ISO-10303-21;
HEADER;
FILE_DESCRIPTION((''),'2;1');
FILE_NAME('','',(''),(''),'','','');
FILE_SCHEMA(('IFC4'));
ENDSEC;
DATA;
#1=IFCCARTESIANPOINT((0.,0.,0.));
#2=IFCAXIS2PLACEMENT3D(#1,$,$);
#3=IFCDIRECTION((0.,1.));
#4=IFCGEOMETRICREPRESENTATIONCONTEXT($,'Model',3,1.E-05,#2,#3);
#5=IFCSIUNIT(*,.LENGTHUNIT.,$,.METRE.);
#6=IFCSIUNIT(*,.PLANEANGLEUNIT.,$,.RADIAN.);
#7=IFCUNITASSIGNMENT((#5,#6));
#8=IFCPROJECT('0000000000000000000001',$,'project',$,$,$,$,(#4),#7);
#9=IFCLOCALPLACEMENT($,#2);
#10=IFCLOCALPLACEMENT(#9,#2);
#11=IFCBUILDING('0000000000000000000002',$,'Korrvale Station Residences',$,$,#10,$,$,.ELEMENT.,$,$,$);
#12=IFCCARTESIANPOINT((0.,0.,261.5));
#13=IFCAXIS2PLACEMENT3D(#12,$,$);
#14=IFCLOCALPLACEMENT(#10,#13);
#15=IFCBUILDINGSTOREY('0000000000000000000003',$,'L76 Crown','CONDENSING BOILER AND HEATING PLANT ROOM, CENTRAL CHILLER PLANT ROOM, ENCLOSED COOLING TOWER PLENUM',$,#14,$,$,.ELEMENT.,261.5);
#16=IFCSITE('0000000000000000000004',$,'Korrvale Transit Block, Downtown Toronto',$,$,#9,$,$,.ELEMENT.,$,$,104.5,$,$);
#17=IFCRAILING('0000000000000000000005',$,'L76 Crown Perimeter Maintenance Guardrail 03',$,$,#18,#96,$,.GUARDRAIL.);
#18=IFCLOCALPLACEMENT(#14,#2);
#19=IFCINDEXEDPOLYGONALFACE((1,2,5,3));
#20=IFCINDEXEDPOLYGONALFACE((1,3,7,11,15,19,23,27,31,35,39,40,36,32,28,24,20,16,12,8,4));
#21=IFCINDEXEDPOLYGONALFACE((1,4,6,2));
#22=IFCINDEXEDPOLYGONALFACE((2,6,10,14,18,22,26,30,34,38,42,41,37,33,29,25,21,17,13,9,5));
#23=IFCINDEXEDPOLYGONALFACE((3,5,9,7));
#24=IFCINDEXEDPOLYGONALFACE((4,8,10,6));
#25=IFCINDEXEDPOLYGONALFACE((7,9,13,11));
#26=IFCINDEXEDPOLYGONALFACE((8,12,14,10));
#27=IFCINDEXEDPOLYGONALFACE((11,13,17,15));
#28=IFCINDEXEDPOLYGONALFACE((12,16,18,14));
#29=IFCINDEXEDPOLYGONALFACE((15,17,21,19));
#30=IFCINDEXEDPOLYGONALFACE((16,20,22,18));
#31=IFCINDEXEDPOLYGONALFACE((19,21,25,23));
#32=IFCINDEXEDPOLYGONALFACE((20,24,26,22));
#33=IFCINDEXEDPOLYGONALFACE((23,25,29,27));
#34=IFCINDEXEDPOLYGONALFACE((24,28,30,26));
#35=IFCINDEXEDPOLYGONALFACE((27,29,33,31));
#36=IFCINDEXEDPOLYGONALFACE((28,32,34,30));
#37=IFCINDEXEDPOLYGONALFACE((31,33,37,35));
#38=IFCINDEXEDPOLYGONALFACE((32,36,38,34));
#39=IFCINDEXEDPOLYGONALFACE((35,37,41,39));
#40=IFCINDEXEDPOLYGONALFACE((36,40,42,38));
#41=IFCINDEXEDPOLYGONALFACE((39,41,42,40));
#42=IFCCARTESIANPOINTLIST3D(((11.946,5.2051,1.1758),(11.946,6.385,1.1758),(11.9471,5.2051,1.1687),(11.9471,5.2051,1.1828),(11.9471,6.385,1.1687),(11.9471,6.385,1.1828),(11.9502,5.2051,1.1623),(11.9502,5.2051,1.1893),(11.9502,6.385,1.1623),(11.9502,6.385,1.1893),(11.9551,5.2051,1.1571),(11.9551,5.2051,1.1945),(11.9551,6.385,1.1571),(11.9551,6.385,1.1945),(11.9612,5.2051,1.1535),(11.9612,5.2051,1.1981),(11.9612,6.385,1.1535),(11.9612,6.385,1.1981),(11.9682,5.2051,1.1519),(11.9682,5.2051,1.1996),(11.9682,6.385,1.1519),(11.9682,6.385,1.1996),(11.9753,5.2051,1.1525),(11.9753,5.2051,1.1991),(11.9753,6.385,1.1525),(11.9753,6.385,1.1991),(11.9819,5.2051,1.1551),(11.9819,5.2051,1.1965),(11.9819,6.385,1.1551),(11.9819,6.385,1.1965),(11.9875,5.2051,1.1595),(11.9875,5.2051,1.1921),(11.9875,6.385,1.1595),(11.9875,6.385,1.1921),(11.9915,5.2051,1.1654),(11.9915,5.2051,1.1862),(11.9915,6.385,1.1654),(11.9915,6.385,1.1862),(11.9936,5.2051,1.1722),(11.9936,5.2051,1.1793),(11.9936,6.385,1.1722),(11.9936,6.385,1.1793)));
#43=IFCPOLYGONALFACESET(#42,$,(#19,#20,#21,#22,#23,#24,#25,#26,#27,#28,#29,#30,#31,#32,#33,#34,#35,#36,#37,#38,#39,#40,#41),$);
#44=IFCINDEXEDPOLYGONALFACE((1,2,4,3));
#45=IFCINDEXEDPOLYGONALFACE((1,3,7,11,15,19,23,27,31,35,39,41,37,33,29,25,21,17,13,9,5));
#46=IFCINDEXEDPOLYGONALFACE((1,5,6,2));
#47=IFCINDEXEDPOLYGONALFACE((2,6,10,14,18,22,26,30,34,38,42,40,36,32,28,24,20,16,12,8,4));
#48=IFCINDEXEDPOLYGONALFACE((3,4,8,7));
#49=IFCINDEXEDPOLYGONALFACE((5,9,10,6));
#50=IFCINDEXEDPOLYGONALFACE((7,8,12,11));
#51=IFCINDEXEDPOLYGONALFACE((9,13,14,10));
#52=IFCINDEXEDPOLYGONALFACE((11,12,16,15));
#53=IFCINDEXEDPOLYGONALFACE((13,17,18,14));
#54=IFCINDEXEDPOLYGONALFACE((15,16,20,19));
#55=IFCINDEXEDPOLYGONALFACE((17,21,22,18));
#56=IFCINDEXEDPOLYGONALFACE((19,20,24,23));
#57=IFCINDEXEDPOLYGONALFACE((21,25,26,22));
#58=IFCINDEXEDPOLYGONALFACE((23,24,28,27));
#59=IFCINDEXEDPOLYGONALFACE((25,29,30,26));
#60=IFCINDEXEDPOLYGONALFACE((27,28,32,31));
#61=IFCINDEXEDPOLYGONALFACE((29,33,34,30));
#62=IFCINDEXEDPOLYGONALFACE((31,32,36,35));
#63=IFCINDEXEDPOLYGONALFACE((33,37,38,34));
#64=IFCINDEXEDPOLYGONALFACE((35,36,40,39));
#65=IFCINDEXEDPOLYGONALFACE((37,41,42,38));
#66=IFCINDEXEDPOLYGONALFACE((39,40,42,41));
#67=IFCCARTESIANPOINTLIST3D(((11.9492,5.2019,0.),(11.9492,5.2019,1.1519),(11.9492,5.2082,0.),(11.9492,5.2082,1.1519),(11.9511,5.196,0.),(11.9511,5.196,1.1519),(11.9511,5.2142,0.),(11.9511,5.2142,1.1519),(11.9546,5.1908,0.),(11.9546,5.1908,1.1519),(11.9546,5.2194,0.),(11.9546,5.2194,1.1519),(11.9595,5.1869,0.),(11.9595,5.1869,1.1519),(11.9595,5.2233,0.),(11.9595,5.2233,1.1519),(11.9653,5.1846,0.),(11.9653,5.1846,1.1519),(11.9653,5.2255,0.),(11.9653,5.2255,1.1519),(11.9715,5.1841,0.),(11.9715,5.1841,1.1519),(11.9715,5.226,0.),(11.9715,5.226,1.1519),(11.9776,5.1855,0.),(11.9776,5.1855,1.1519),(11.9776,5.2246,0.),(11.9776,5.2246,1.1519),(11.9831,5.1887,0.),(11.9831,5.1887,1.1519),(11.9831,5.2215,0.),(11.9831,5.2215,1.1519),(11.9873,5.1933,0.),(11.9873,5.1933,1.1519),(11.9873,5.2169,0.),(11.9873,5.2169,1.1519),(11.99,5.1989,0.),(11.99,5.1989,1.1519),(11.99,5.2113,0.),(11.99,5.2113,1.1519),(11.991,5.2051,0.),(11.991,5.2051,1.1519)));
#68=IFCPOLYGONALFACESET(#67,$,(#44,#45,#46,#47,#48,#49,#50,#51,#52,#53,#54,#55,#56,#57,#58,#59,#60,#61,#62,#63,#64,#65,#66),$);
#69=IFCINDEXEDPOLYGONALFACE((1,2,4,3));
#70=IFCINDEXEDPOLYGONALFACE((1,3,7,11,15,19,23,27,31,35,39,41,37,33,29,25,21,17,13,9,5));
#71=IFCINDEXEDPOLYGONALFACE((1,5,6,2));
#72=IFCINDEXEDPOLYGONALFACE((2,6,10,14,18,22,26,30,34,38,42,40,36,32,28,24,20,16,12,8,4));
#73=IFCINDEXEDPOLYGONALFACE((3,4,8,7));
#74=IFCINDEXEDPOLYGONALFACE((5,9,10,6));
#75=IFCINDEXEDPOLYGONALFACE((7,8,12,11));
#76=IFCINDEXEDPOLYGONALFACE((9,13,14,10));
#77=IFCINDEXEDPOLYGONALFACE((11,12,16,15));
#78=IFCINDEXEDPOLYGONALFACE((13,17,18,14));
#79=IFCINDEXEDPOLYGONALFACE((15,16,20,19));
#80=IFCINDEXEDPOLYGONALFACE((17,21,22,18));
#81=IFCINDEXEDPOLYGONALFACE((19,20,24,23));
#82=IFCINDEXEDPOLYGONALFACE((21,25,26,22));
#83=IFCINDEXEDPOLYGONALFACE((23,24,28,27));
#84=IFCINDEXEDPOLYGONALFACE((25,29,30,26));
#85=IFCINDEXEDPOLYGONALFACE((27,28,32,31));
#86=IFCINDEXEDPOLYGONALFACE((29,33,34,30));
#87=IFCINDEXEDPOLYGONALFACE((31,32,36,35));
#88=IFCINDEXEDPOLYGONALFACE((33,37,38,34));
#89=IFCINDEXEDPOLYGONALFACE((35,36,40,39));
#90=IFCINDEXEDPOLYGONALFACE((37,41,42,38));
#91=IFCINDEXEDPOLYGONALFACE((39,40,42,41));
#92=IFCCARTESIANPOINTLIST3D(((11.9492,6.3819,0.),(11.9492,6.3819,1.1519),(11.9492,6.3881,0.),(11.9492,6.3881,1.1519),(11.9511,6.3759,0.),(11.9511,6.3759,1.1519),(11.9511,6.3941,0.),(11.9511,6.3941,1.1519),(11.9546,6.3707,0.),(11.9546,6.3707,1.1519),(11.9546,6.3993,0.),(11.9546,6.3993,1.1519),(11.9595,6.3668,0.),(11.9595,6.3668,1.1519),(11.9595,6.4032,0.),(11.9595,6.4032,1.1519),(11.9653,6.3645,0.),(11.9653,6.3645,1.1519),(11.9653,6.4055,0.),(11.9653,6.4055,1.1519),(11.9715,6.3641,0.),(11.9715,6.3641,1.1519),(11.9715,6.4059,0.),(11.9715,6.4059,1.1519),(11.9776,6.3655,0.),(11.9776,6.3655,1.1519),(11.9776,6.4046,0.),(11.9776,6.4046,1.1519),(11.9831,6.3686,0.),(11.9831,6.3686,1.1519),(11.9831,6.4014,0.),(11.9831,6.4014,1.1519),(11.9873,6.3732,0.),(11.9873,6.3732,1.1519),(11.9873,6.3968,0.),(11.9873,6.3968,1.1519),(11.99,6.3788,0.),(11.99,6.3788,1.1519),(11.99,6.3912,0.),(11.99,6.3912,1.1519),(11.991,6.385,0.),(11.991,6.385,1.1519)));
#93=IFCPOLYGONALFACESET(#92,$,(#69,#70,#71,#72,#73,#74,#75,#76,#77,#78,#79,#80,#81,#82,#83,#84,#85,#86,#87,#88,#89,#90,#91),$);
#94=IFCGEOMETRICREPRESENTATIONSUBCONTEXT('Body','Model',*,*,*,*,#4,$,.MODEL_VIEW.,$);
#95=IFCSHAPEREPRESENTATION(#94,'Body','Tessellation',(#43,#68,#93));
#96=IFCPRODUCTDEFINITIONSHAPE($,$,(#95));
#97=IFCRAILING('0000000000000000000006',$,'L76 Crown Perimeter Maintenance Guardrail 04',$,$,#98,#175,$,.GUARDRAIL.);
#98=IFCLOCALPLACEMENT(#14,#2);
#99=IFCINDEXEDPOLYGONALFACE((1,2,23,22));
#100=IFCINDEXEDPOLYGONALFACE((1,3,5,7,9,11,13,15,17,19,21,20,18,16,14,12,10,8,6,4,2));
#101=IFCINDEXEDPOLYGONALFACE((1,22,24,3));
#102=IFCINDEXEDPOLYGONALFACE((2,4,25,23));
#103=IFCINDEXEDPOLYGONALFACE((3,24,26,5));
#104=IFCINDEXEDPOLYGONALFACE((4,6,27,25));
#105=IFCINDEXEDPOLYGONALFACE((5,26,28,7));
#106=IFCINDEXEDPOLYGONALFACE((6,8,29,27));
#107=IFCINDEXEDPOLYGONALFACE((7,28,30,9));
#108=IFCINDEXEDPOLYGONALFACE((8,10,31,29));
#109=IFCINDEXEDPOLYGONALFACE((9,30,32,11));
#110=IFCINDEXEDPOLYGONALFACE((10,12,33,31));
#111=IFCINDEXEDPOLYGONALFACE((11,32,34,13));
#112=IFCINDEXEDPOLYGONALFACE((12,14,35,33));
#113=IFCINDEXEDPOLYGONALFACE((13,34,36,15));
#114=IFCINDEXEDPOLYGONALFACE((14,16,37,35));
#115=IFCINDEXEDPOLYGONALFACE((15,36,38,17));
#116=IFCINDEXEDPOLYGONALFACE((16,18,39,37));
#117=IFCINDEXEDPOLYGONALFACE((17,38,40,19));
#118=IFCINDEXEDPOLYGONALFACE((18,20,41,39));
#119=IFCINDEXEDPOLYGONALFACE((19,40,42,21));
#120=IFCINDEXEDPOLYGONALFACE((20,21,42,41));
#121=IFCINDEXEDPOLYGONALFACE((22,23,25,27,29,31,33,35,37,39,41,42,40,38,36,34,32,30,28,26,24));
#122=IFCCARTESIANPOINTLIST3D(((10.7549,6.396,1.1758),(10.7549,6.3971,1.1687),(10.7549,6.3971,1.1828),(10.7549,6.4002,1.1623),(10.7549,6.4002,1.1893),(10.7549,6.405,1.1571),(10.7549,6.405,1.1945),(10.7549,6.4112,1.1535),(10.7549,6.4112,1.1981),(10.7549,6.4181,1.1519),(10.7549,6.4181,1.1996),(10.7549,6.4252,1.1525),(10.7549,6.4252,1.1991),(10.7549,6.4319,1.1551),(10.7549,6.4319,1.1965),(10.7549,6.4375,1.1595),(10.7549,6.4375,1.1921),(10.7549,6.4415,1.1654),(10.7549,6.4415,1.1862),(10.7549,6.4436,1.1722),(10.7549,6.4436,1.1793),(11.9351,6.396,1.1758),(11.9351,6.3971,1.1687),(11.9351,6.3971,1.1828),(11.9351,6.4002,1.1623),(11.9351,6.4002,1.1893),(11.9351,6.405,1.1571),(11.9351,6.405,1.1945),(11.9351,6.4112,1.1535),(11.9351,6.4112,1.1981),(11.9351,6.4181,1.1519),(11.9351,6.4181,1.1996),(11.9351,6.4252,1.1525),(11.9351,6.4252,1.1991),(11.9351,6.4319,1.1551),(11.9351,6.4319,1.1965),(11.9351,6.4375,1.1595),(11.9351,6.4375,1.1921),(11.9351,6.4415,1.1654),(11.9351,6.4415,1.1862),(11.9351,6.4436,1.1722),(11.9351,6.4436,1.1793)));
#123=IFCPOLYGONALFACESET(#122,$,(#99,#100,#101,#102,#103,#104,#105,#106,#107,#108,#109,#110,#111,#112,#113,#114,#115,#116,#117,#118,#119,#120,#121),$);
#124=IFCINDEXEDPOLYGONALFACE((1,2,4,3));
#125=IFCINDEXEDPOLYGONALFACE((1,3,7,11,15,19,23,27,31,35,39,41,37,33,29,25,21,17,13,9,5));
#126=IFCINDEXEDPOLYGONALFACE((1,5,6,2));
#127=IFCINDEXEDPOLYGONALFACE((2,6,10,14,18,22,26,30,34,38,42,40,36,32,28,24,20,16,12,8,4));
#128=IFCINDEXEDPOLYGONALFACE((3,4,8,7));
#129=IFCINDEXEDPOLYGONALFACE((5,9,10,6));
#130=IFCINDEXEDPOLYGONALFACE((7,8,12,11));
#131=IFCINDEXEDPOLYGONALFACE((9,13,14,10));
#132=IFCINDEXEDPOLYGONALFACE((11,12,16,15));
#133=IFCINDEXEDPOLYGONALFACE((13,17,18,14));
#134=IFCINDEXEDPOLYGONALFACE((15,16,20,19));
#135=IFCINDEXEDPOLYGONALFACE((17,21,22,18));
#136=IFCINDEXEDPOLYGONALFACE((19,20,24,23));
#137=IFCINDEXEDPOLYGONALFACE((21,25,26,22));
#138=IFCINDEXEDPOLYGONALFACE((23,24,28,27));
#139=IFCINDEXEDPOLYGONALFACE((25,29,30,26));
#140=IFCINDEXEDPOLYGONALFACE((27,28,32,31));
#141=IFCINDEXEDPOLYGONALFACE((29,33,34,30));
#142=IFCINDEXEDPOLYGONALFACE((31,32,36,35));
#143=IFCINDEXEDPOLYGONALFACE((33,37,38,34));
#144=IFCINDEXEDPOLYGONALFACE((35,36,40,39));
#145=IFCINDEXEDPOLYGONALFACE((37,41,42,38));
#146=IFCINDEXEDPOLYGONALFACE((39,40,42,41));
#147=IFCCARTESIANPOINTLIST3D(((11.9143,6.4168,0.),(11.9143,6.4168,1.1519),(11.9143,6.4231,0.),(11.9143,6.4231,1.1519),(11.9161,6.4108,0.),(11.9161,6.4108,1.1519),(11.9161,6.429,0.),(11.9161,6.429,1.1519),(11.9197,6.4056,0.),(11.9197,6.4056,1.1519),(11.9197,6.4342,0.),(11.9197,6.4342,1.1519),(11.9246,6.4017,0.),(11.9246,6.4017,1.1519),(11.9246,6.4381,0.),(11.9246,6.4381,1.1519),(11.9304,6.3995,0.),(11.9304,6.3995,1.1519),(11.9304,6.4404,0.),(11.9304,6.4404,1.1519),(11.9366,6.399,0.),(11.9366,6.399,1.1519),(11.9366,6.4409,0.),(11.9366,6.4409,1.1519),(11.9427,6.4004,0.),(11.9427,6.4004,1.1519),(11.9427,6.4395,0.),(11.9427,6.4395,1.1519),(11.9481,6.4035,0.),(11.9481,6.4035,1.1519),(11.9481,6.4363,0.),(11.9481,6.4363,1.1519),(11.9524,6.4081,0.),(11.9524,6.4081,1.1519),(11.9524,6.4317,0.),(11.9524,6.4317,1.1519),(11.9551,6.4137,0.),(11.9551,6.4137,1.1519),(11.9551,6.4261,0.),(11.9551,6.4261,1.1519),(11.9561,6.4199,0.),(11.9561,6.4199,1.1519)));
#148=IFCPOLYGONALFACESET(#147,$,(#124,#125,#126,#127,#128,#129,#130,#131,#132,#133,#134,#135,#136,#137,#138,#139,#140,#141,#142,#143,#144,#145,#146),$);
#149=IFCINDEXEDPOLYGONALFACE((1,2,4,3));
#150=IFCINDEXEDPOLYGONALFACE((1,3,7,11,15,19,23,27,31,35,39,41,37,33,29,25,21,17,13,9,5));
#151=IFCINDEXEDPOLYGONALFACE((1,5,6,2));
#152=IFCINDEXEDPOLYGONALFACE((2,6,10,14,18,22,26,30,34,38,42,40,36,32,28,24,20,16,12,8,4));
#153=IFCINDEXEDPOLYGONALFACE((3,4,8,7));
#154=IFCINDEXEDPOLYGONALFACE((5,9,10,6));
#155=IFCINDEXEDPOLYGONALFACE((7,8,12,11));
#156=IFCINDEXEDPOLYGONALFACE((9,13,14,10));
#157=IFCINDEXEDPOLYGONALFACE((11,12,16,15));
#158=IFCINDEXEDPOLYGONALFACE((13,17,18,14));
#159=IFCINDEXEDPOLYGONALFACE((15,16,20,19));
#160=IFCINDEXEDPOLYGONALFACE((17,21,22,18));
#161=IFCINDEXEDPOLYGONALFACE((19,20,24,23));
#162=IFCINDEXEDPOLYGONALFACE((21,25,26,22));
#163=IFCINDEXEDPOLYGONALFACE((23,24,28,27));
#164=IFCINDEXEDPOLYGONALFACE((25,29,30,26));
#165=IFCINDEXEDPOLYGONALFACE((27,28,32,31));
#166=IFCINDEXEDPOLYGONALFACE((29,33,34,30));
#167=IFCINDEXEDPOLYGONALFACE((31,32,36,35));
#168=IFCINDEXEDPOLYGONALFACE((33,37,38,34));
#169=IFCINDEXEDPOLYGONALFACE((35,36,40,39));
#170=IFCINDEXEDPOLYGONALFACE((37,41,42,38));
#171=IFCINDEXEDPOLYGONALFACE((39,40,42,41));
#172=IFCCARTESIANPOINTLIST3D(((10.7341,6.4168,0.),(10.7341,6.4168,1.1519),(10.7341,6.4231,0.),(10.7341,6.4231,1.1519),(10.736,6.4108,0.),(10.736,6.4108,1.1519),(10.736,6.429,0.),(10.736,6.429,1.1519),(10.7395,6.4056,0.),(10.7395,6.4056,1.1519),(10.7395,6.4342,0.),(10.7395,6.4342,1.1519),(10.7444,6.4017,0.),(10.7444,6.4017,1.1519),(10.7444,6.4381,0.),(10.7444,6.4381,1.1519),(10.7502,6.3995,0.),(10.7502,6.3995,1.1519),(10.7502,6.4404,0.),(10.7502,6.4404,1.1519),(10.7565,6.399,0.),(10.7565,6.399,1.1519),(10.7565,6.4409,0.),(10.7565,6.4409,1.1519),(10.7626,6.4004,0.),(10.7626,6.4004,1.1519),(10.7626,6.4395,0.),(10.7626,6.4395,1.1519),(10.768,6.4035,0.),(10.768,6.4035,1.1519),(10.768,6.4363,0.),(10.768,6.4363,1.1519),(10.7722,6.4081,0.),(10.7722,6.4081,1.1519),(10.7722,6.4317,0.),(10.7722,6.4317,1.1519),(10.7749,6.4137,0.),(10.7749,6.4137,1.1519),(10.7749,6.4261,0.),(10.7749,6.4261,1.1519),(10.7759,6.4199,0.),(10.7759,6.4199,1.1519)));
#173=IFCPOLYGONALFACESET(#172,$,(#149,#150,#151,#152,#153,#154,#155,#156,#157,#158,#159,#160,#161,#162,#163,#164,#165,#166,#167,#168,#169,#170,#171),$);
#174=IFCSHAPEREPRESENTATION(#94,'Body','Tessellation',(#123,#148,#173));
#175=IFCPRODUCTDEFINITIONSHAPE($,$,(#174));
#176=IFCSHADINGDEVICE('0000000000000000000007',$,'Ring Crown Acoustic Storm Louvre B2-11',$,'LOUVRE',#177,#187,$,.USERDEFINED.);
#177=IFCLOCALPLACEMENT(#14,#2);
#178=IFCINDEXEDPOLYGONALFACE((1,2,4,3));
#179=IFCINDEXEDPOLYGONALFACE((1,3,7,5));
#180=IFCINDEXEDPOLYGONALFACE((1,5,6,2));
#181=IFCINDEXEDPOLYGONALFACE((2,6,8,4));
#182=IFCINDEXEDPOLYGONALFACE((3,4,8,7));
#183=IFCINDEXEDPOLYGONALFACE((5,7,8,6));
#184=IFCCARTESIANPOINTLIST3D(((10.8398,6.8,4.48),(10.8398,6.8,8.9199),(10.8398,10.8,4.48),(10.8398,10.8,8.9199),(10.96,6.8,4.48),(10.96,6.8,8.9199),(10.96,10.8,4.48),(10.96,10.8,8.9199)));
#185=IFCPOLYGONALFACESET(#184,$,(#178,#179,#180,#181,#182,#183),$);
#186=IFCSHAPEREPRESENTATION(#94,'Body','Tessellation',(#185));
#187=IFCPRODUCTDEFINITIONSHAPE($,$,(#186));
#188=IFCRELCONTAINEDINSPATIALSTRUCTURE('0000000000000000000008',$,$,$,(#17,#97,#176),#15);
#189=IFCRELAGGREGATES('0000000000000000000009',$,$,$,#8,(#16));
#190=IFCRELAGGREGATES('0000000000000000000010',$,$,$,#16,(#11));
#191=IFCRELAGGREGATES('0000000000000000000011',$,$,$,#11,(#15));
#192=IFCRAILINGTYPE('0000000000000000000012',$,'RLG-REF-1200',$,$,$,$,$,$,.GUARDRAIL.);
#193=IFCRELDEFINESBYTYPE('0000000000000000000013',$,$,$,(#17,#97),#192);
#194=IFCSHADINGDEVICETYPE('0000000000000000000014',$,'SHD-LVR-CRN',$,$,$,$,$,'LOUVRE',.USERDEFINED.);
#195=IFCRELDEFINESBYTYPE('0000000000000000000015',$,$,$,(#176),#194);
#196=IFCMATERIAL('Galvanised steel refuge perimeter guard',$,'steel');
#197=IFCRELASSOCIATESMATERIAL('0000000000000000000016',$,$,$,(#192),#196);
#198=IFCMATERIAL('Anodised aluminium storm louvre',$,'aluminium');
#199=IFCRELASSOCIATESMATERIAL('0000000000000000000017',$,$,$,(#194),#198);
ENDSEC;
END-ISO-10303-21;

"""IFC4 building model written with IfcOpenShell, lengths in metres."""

from ifc_helpers import new_model, si_unit, direction, frame, origin, origin_2d, place, context, subcontext, project, spatial, rectangle, circle, extrude, material, type_object, element, save


model = new_model("IFC4")

# Units and contexts
model_context = context("Model", 3, precision=1e-05, world=origin(), true_north=direction((0.0, 1.0)))
body_context = subcontext(model_context, "Body", "Model", "MODEL_VIEW")
ifc_project = project(units=[si_unit("LENGTHUNIT", "METRE"), si_unit("PLANEANGLEUNIT", "RADIAN")], contexts=[model_context])

# Site, building, storey
site_placement = place(None, origin())
site = spatial("IfcSite", under=ifc_project, at=site_placement, Name="Korrvale Transit Block, Downtown Toronto", CompositionType="ELEMENT", RefElevation=104.5)
building_placement = place(site_placement, origin())
building = spatial("IfcBuilding", under=site, at=building_placement, Name="Korrvale Station Residences", CompositionType="ELEMENT")
storey_placement = place(building_placement, frame((0.0, 0.0, 261.5)))
storey = spatial("IfcBuildingStorey", under=building, at=storey_placement, Name="L76 Crown", Description="CONDENSING BOILER AND HEATING PLANT ROOM, CENTRAL CHILLER PLANT ROOM, ENCLOSED COOLING TOWER PLENUM", CompositionType="ELEMENT", Elevation=261.5)

# Railings
ifc_material_1 = material(Name="Galvanised steel refuge perimeter guard", Category="steel")
railing_type = type_object("IfcRailingType", Name="RLG-REF-1200", PredefinedType="GUARDRAIL", material=ifc_material_1)
railing_1_placement = place(storey_placement, frame((11.97, 5.2051, 0.0)))
element("IfcRailing", 1, at=railing_1_placement, inside=storey, type_object=railing_type, Name="L76 Crown Perimeter Maintenance Guardrail 03", PredefinedType="GUARDRAIL", context=body_context, shape_type="SweptSolid", body=[
    extrude(circle(Radius=0.0239, at=origin_2d()), frame((0.0, 0.0, 1.1758), z_axis=(0.0, 1.0, 0.0), x_axis=(-1.0, 0.0, 0.0)), (0.0, 0.0, 1.0), 1.1799),
    extrude(circle(Radius=0.021, at=origin_2d()), origin(), (0.0, 0.0, 1.0), 1.1519),
    extrude(circle(Radius=0.021, at=origin_2d()), frame((0.0, 1.1799, 0.0)), (0.0, 0.0, 1.0), 1.1519),
])
railing_2_placement = place(storey_placement, frame((11.9351, 6.4199, 0.0)))
element("IfcRailing", 2, at=railing_2_placement, inside=storey, type_object=railing_type, Name="L76 Crown Perimeter Maintenance Guardrail 04", PredefinedType="GUARDRAIL", context=body_context, shape_type="SweptSolid", body=[
    extrude(circle(Radius=0.0239, at=origin_2d()), frame((0.0, 0.0, 1.1758), z_axis=(-1.0, 0.0, 0.0), x_axis=(0.0, -1.0, 0.0)), (0.0, 0.0, 1.0), 1.1802),
    extrude(circle(Radius=0.021, at=origin_2d()), origin(), (0.0, 0.0, 1.0), 1.1519),
    extrude(circle(Radius=0.021, at=origin_2d()), frame((-1.1802, 0.0, 0.0)), (0.0, 0.0, 1.0), 1.1519),
])

# Shading device
ifc_material_2 = material(Name="Anodised aluminium storm louvre", Category="aluminium")
shading_device_type = type_object("IfcShadingDeviceType", Name="SHD-LVR-CRN", ElementType="LOUVRE", PredefinedType="USERDEFINED", material=ifc_material_2)
shading_device_placement = place(storey_placement, frame((10.8999, 8.8, 4.48), z_axis=(0.0, 0.0, 1.0), x_axis=(0.0, 1.0, 0.0)))
element("IfcShadingDevice", 3, at=shading_device_placement, inside=storey, type_object=shading_device_type, Name="Ring Crown Acoustic Storm Louvre B2-11", ObjectType="LOUVRE", PredefinedType="USERDEFINED", context=body_context, shape_type="SweptSolid", body=[
    extrude(rectangle(XDim=4.0, YDim=0.1201, at=origin_2d()), origin(), (0.0, 0.0, 1.0), 4.4399),
])

save(model, "model.ifc")
